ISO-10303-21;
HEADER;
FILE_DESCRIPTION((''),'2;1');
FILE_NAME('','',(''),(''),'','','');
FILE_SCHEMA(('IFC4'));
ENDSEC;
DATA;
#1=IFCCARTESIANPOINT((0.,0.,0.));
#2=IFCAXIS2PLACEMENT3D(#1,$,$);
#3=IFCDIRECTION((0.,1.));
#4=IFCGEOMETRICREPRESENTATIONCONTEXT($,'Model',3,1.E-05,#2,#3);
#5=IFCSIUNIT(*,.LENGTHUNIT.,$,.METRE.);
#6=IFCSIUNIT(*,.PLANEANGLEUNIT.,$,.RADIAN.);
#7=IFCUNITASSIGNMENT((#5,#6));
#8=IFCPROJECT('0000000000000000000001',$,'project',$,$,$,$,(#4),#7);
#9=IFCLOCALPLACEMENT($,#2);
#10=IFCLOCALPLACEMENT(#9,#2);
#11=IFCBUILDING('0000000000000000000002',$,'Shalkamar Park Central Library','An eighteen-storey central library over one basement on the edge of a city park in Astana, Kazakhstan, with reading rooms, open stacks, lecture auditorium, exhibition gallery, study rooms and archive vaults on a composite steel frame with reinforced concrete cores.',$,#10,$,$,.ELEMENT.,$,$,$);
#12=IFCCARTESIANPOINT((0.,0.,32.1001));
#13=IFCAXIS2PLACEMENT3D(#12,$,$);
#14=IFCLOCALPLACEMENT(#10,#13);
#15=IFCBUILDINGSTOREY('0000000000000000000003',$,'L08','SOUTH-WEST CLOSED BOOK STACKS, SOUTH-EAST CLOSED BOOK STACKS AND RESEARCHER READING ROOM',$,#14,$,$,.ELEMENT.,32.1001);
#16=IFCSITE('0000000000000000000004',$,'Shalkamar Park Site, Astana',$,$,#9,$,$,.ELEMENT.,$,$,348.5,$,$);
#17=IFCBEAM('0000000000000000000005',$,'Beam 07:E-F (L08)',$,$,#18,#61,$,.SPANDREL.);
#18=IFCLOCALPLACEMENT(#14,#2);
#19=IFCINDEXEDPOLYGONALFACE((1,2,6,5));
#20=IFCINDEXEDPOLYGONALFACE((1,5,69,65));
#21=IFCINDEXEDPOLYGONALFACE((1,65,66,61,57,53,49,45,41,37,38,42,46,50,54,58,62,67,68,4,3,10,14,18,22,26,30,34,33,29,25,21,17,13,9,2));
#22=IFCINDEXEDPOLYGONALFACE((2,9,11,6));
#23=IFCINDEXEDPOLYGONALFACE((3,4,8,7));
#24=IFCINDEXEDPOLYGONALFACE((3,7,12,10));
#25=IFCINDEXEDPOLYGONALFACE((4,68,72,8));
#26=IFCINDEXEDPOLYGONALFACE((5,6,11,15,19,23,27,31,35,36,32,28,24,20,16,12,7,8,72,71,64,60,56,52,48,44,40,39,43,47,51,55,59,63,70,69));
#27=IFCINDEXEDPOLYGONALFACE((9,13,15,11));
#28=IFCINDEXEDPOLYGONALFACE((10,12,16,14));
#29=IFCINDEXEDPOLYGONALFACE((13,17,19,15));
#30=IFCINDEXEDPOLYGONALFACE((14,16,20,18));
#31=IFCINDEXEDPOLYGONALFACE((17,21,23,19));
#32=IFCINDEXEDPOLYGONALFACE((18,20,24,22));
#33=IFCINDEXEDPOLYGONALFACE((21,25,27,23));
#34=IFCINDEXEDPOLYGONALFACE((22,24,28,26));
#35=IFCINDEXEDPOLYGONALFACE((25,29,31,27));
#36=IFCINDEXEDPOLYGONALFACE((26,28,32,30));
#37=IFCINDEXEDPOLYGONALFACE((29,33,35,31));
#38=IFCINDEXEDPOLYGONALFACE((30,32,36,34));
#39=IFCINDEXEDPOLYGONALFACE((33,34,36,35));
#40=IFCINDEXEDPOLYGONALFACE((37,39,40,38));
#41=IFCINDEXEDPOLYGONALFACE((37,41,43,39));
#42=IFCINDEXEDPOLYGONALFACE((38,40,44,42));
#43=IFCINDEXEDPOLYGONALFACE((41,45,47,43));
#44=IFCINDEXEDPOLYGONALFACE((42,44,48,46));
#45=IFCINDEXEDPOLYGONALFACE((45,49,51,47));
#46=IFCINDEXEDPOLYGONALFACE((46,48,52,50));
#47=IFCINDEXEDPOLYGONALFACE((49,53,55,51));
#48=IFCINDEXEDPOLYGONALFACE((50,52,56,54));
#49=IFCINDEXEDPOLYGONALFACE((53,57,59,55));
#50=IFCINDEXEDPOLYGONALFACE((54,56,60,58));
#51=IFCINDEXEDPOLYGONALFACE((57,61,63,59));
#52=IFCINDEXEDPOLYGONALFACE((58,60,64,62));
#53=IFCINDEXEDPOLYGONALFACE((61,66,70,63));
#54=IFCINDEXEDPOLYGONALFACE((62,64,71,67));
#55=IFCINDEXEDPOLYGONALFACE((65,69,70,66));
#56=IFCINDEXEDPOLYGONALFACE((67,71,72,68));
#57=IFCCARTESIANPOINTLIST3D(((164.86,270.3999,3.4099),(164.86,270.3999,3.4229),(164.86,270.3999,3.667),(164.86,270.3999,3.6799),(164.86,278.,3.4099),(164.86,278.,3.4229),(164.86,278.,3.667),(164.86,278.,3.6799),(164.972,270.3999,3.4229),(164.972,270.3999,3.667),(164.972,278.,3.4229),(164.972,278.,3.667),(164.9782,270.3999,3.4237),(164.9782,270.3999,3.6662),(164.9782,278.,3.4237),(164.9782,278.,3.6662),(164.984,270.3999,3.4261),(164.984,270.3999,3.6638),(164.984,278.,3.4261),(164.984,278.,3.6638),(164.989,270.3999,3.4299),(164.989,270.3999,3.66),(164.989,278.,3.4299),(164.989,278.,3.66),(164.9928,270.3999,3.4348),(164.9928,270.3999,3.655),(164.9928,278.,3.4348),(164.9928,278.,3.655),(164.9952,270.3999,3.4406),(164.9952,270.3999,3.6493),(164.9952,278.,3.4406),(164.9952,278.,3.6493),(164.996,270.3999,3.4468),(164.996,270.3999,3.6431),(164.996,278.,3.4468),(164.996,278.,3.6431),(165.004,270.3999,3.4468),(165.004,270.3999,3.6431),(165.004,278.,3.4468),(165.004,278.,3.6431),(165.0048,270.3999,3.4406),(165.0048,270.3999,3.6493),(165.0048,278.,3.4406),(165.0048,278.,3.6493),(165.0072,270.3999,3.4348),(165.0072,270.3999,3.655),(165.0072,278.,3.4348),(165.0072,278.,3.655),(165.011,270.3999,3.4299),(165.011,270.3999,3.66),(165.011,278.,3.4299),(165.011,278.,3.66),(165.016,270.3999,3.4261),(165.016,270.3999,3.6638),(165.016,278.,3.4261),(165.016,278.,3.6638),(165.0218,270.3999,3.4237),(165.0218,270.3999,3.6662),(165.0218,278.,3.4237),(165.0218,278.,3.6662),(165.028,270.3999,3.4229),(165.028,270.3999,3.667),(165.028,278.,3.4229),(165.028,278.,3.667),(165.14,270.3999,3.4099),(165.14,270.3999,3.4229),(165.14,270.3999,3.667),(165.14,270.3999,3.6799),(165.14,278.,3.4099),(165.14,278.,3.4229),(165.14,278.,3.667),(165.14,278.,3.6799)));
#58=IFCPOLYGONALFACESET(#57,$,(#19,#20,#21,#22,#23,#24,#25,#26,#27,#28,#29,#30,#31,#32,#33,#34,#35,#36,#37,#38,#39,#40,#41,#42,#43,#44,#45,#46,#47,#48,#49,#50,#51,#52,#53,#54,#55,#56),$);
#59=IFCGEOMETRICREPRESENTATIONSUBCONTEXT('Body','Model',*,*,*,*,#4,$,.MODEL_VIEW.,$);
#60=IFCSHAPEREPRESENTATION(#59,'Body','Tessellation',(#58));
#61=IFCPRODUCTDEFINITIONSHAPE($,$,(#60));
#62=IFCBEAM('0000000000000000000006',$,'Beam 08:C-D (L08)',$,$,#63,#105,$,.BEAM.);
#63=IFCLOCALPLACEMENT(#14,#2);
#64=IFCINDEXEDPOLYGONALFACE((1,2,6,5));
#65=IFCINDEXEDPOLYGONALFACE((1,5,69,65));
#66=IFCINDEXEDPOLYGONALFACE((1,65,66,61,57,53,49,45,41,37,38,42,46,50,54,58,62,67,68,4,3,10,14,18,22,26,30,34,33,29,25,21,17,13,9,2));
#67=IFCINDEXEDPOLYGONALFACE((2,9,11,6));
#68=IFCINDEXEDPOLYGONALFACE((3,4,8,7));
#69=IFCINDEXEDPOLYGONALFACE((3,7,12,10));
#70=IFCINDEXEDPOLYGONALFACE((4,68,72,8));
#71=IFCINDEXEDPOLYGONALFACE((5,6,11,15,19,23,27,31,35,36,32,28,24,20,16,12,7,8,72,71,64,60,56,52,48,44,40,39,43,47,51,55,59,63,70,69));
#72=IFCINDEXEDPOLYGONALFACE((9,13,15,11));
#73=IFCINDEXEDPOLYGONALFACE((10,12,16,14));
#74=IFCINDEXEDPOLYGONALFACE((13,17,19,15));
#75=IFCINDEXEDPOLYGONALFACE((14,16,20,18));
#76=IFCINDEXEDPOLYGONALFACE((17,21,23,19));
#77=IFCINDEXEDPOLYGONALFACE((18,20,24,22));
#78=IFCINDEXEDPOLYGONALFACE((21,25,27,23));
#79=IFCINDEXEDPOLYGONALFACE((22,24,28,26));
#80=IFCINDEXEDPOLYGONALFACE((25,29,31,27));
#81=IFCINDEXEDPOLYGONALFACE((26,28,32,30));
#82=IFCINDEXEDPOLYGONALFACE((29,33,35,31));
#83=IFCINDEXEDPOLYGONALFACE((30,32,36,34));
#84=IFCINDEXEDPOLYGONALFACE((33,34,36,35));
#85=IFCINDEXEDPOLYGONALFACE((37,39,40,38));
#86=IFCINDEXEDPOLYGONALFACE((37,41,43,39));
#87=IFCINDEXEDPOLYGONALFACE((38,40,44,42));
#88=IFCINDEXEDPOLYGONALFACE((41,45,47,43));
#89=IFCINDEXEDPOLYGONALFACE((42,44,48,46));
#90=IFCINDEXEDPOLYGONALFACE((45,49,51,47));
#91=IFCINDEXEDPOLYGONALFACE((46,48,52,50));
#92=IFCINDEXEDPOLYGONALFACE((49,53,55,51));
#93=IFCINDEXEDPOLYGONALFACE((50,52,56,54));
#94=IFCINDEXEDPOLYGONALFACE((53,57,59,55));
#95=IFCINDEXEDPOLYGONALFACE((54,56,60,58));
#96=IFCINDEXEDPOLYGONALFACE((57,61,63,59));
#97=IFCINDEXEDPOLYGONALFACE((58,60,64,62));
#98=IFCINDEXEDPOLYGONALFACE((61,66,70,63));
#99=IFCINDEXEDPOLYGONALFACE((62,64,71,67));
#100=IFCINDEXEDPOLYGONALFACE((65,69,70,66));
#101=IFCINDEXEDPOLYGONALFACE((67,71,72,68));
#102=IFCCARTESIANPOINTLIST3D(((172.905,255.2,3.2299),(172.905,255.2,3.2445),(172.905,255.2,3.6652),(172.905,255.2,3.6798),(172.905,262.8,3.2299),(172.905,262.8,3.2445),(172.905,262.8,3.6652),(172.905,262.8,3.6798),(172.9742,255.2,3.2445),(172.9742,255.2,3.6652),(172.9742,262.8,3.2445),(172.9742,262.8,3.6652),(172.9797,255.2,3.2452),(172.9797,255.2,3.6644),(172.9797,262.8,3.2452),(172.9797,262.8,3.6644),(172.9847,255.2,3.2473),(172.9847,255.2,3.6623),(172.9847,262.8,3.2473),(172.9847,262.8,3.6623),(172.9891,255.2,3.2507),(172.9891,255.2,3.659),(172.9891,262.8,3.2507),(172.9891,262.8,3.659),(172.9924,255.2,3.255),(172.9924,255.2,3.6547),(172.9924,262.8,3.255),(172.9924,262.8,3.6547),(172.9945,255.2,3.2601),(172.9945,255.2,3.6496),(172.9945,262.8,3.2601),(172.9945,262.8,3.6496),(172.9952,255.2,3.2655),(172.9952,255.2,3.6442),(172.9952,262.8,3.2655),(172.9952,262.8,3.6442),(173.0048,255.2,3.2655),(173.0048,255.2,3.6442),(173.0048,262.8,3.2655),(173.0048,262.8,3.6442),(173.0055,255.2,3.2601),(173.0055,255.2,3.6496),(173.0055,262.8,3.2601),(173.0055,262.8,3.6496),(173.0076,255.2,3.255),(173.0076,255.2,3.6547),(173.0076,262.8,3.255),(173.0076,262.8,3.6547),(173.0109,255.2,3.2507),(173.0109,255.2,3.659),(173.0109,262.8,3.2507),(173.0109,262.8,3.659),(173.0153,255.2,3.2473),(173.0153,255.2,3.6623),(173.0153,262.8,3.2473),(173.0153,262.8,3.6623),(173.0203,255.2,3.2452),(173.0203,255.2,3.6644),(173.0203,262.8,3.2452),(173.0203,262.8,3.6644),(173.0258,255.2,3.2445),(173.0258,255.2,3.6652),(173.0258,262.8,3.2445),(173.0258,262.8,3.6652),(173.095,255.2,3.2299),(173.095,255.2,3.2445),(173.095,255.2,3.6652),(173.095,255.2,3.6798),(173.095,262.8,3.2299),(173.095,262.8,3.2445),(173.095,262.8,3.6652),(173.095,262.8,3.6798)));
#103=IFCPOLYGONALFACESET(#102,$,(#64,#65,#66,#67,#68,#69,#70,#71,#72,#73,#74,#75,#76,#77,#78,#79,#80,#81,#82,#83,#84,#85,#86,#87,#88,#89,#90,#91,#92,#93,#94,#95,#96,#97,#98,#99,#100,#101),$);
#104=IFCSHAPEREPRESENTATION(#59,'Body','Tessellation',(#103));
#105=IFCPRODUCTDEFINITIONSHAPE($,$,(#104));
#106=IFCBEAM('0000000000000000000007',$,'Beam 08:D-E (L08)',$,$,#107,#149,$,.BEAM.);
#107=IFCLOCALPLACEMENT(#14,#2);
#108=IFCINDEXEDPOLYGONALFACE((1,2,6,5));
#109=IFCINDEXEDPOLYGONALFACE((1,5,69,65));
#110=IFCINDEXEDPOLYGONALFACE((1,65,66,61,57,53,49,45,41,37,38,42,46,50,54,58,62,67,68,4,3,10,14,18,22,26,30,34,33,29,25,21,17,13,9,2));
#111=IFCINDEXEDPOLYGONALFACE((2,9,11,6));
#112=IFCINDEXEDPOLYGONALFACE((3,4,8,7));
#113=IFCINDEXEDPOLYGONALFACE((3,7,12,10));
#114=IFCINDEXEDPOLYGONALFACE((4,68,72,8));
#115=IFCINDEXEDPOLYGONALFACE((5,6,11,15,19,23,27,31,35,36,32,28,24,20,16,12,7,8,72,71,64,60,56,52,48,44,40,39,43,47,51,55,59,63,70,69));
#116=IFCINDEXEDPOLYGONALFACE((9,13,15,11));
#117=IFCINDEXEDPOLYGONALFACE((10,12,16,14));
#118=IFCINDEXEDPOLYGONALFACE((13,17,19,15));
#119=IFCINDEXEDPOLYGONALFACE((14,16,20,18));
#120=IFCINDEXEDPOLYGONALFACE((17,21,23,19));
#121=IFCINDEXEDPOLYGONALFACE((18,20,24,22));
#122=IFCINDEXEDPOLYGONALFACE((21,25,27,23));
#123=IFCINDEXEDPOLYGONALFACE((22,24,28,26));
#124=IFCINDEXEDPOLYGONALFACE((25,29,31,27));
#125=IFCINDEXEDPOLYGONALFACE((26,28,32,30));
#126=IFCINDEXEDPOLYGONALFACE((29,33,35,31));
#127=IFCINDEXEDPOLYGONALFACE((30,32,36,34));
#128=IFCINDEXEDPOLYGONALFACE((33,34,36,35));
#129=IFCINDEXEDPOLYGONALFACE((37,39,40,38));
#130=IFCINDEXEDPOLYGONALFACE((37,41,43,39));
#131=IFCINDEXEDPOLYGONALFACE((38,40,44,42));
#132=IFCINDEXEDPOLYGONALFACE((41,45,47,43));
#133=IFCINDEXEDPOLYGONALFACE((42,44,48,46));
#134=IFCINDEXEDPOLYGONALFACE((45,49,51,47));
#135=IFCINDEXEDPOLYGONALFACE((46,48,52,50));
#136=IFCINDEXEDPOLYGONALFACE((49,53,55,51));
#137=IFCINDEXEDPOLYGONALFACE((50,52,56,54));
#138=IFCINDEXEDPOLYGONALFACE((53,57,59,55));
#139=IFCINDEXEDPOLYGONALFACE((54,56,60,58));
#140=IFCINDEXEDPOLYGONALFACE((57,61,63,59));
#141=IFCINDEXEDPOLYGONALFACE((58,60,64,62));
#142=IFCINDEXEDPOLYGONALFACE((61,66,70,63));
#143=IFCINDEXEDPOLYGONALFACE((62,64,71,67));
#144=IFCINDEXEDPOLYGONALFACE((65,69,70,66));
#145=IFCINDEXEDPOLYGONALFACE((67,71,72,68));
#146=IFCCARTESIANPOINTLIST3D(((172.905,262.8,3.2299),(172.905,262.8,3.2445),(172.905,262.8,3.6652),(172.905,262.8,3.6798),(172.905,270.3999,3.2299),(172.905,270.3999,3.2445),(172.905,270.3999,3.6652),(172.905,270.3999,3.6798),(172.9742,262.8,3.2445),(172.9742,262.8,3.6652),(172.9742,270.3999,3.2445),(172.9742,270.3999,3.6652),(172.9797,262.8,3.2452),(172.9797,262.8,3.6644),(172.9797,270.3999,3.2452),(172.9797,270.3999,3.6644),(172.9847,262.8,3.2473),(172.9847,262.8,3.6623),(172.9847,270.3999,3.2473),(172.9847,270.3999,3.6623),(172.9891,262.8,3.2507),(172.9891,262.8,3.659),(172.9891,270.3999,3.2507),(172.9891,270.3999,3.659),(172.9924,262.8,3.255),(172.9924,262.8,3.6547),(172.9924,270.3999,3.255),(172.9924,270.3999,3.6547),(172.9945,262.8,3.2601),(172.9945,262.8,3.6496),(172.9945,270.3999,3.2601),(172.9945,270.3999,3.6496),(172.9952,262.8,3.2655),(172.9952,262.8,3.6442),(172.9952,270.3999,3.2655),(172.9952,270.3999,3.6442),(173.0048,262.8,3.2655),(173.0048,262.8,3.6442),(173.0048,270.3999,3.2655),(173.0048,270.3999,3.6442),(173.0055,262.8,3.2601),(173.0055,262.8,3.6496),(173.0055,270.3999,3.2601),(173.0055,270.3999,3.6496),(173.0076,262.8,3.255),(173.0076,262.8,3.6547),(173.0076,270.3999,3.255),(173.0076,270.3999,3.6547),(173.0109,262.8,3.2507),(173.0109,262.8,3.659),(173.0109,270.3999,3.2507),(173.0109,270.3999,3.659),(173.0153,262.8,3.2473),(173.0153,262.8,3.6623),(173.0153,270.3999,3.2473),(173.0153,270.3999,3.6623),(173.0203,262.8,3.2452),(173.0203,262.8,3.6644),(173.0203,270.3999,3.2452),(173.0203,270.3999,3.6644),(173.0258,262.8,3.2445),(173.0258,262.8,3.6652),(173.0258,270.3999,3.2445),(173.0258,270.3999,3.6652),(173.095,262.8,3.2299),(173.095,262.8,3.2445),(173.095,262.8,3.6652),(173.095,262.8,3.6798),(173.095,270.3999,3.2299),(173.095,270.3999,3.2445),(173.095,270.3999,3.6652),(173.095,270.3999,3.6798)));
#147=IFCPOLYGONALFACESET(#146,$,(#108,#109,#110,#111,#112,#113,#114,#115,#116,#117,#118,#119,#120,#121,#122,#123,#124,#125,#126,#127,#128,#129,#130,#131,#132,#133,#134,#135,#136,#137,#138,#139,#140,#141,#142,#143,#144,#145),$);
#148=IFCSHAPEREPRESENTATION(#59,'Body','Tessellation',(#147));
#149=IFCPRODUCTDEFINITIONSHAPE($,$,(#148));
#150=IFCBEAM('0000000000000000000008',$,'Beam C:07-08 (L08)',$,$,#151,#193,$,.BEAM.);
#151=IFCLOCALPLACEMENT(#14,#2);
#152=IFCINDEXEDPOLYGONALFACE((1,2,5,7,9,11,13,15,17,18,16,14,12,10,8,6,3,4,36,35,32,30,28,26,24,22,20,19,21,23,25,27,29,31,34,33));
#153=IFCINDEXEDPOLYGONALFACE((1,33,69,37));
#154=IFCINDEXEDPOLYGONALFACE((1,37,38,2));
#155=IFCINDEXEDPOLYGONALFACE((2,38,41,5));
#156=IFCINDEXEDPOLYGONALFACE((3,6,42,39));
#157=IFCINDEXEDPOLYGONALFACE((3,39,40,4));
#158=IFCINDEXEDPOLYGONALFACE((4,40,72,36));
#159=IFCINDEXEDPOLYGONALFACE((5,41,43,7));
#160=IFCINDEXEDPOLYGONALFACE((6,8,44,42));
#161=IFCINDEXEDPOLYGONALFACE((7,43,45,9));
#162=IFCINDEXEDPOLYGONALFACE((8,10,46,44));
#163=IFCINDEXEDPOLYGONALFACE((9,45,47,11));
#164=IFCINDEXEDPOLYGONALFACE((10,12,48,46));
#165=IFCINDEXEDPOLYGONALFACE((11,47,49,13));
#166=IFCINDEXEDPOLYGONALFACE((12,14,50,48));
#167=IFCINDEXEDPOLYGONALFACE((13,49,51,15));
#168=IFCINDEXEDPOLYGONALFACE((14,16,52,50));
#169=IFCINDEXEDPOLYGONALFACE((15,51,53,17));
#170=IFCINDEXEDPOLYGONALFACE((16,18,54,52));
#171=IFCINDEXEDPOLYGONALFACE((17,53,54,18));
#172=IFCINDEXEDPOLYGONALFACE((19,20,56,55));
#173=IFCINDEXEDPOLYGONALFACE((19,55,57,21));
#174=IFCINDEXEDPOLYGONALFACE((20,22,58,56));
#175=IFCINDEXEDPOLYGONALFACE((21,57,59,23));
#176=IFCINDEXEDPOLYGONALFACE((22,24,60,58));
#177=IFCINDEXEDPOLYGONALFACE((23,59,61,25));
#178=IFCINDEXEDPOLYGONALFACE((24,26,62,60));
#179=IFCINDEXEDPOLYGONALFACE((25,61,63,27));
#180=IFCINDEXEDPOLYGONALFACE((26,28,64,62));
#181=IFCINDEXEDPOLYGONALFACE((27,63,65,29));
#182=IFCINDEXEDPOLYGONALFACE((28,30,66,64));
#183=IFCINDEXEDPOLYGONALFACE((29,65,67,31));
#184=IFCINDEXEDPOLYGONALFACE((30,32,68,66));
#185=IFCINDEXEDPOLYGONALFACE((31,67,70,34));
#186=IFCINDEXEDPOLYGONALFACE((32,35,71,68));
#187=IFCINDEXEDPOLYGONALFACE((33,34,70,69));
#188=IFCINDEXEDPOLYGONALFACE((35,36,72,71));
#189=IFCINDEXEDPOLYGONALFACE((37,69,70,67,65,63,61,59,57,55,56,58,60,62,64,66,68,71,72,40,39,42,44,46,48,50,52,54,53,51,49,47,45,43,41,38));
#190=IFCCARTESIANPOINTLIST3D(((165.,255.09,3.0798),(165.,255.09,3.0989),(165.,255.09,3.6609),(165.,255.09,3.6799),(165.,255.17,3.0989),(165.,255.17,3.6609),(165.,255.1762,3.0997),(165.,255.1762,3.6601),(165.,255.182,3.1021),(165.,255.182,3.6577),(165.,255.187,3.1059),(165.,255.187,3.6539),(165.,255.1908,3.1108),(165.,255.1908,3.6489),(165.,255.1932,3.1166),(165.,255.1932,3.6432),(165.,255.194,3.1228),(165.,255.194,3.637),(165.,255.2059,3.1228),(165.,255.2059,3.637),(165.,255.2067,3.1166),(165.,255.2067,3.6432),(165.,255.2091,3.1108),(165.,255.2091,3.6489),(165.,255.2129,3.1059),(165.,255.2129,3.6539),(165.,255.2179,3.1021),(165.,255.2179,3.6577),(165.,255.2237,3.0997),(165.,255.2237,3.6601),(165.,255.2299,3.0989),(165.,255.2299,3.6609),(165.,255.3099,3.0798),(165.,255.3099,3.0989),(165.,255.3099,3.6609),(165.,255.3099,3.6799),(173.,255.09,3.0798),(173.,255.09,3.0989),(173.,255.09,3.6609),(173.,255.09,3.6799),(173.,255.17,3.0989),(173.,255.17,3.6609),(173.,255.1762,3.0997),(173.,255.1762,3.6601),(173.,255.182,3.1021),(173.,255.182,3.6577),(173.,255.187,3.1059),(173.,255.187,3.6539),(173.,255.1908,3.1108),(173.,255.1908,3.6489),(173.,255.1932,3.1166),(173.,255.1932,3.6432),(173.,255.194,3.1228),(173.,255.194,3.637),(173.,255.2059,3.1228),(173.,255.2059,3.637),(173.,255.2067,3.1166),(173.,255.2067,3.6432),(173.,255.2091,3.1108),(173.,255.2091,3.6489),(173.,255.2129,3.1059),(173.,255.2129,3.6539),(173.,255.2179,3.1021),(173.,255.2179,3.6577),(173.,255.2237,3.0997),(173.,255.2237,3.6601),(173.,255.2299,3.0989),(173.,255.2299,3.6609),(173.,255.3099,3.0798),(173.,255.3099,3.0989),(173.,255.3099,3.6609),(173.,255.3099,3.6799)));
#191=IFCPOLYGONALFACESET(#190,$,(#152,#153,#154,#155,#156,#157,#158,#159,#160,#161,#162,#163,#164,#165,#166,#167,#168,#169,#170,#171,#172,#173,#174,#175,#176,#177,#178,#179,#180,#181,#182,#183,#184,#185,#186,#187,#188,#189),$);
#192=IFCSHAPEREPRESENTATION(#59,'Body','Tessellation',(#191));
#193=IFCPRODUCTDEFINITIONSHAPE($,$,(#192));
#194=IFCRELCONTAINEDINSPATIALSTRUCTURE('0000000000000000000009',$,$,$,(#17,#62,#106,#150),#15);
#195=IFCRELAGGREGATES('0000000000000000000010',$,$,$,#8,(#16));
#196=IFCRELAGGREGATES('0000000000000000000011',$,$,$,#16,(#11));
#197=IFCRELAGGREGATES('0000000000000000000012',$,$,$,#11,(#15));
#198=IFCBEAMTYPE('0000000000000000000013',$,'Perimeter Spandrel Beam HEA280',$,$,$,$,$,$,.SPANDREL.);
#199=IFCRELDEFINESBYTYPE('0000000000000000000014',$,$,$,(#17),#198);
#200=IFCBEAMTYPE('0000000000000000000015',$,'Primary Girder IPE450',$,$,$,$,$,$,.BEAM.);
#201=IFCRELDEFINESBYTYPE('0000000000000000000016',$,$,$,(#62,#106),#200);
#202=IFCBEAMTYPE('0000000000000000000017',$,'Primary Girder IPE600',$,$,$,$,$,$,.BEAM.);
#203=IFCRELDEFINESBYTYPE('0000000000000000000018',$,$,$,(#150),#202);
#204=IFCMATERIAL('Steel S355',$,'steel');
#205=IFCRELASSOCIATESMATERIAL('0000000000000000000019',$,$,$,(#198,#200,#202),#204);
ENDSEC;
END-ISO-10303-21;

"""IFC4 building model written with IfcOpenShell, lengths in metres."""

from ifc_helpers import new_model, si_unit, direction, frame, origin, origin_2d, place, context, subcontext, project, spatial, i_section, extrude, material, material_profile, profile_set, type_object, element, save


model = new_model("IFC4")

# Units and contexts
model_context = context("Model", 3, precision=1e-05, world=origin(), true_north=direction((0.0, 1.0)))
body_context = subcontext(model_context, "Body", "Model", "MODEL_VIEW")
ifc_project = project(units=[si_unit("LENGTHUNIT", "METRE"), si_unit("PLANEANGLEUNIT", "RADIAN")], contexts=[model_context])

# Site, building, storey
site_placement = place(None, origin())
site = spatial("IfcSite", under=ifc_project, at=site_placement, Name="Shalkamar Park Site, Astana", CompositionType="ELEMENT", RefElevation=348.5)
building_placement = place(site_placement, origin())
building = spatial("IfcBuilding", under=site, at=building_placement, Name="Shalkamar Park Central Library", Description="An eighteen-storey central library over one basement on the edge of a city park in Astana, Kazakhstan, with reading rooms, open stacks, lecture auditorium, exhibition gallery, study rooms and archive vaults on a composite steel frame with reinforced concrete cores.", CompositionType="ELEMENT")
storey_placement = place(building_placement, frame((0.0, 0.0, 32.1001)))
storey = spatial("IfcBuildingStorey", under=building, at=storey_placement, Name="L08", Description="SOUTH-WEST CLOSED BOOK STACKS, SOUTH-EAST CLOSED BOOK STACKS AND RESEARCHER READING ROOM", CompositionType="ELEMENT", Elevation=32.1001)

# Shared definitions
ifc_material_1 = material(Name="Steel S355", Category="steel")

# Beams
ifc_material_profile_1 = material_profile(ifc_material_1, i_section(OverallWidth=0.28, OverallDepth=0.27, WebThickness=0.0081, FlangeThickness=0.0129, FilletRadius=0.0239, at=origin_2d()), Name="HEA 280")
ifc_profile_set_1 = profile_set([ifc_material_profile_1], Name="Steel S355")
beam_type_1 = type_object("IfcBeamType", Name="Perimeter Spandrel Beam HEA280", PredefinedType="SPANDREL", material=ifc_profile_set_1)
beam_1_placement = place(storey_placement, frame((165.0, 270.3999, 3.5449), z_axis=(0.0, 1.0, 0.0), x_axis=(-1.0, 0.0, 0.0)))
element("IfcBeam", 1, at=beam_1_placement, inside=storey, type_object=beam_type_1, Name="Beam 07:E-F (L08)", PredefinedType="SPANDREL", context=body_context, shape_type="SweptSolid", body=[
    extrude(i_section(OverallWidth=0.28, OverallDepth=0.27, WebThickness=0.0081, FlangeThickness=0.0129, FilletRadius=0.0239, at=origin_2d()), origin(), (0.0, 0.0, 1.0), 7.6001),
])
ifc_material_profile_2 = material_profile(ifc_material_1, i_section(OverallWidth=0.1899, OverallDepth=0.45, WebThickness=0.0095, FlangeThickness=0.0146, FilletRadius=0.021, at=origin_2d()), Name="IPE 450")
ifc_profile_set_2 = profile_set([ifc_material_profile_2], Name="Steel S355")
beam_type_2 = type_object("IfcBeamType", Name="Primary Girder IPE450", PredefinedType="BEAM", material=ifc_profile_set_2)
beam_2_placement = place(storey_placement, frame((173.0, 255.2, 3.4548), z_axis=(0.0, 1.0, 0.0), x_axis=(-1.0, 0.0, 0.0)))
element("IfcBeam", 2, at=beam_2_placement, inside=storey, type_object=beam_type_2, Name="Beam 08:C-D (L08)", PredefinedType="BEAM", context=body_context, shape_type="SweptSolid", body=[
    extrude(i_section(OverallWidth=0.1899, OverallDepth=0.45, WebThickness=0.0095, FlangeThickness=0.0146, FilletRadius=0.021, at=origin_2d()), origin(), (0.0, 0.0, 1.0), 7.6001),
])
beam_3_placement = place(storey_placement, frame((173.0, 262.8, 3.4548), z_axis=(0.0, 1.0, 0.0), x_axis=(-1.0, 0.0, 0.0)))
element("IfcBeam", 3, at=beam_3_placement, inside=storey, type_object=beam_type_2, Name="Beam 08:D-E (L08)", PredefinedType="BEAM", context=body_context, shape_type="SweptSolid", body=[
    extrude(i_section(OverallWidth=0.1899, OverallDepth=0.45, WebThickness=0.0095, FlangeThickness=0.0146, FilletRadius=0.021, at=origin_2d()), origin(), (0.0, 0.0, 1.0), 7.5999),
])
ifc_material_profile_3 = material_profile(ifc_material_1, i_section(OverallWidth=0.22, OverallDepth=0.6001, WebThickness=0.012, FlangeThickness=0.019, FilletRadius=0.0239, at=origin_2d()), Name="IPE 600")
ifc_profile_set_3 = profile_set([ifc_material_profile_3], Name="Steel S355")
beam_type_3 = type_object("IfcBeamType", Name="Primary Girder IPE600", PredefinedType="BEAM", material=ifc_profile_set_3)
for number, where, z_axis, x_axis, name in (
    (4, (165.0, 255.2, 3.3799), (1.0, 0.0, 0.0), (0.0, 1.0, 0.0), "Beam C:07-08 (L08)"),
):
    element("IfcBeam", number, at=place(storey_placement, frame(where, z_axis=z_axis, x_axis=x_axis)), inside=storey, type_object=beam_type_3, Name=name, PredefinedType="BEAM", context=body_context, shape_type="SweptSolid", body=[
        extrude(i_section(OverallWidth=0.22, OverallDepth=0.6001, WebThickness=0.012, FlangeThickness=0.019, FilletRadius=0.0239, at=origin_2d()), origin(), (0.0, 0.0, 1.0), 8.0),
    ])

save(model, "model.ifc")
